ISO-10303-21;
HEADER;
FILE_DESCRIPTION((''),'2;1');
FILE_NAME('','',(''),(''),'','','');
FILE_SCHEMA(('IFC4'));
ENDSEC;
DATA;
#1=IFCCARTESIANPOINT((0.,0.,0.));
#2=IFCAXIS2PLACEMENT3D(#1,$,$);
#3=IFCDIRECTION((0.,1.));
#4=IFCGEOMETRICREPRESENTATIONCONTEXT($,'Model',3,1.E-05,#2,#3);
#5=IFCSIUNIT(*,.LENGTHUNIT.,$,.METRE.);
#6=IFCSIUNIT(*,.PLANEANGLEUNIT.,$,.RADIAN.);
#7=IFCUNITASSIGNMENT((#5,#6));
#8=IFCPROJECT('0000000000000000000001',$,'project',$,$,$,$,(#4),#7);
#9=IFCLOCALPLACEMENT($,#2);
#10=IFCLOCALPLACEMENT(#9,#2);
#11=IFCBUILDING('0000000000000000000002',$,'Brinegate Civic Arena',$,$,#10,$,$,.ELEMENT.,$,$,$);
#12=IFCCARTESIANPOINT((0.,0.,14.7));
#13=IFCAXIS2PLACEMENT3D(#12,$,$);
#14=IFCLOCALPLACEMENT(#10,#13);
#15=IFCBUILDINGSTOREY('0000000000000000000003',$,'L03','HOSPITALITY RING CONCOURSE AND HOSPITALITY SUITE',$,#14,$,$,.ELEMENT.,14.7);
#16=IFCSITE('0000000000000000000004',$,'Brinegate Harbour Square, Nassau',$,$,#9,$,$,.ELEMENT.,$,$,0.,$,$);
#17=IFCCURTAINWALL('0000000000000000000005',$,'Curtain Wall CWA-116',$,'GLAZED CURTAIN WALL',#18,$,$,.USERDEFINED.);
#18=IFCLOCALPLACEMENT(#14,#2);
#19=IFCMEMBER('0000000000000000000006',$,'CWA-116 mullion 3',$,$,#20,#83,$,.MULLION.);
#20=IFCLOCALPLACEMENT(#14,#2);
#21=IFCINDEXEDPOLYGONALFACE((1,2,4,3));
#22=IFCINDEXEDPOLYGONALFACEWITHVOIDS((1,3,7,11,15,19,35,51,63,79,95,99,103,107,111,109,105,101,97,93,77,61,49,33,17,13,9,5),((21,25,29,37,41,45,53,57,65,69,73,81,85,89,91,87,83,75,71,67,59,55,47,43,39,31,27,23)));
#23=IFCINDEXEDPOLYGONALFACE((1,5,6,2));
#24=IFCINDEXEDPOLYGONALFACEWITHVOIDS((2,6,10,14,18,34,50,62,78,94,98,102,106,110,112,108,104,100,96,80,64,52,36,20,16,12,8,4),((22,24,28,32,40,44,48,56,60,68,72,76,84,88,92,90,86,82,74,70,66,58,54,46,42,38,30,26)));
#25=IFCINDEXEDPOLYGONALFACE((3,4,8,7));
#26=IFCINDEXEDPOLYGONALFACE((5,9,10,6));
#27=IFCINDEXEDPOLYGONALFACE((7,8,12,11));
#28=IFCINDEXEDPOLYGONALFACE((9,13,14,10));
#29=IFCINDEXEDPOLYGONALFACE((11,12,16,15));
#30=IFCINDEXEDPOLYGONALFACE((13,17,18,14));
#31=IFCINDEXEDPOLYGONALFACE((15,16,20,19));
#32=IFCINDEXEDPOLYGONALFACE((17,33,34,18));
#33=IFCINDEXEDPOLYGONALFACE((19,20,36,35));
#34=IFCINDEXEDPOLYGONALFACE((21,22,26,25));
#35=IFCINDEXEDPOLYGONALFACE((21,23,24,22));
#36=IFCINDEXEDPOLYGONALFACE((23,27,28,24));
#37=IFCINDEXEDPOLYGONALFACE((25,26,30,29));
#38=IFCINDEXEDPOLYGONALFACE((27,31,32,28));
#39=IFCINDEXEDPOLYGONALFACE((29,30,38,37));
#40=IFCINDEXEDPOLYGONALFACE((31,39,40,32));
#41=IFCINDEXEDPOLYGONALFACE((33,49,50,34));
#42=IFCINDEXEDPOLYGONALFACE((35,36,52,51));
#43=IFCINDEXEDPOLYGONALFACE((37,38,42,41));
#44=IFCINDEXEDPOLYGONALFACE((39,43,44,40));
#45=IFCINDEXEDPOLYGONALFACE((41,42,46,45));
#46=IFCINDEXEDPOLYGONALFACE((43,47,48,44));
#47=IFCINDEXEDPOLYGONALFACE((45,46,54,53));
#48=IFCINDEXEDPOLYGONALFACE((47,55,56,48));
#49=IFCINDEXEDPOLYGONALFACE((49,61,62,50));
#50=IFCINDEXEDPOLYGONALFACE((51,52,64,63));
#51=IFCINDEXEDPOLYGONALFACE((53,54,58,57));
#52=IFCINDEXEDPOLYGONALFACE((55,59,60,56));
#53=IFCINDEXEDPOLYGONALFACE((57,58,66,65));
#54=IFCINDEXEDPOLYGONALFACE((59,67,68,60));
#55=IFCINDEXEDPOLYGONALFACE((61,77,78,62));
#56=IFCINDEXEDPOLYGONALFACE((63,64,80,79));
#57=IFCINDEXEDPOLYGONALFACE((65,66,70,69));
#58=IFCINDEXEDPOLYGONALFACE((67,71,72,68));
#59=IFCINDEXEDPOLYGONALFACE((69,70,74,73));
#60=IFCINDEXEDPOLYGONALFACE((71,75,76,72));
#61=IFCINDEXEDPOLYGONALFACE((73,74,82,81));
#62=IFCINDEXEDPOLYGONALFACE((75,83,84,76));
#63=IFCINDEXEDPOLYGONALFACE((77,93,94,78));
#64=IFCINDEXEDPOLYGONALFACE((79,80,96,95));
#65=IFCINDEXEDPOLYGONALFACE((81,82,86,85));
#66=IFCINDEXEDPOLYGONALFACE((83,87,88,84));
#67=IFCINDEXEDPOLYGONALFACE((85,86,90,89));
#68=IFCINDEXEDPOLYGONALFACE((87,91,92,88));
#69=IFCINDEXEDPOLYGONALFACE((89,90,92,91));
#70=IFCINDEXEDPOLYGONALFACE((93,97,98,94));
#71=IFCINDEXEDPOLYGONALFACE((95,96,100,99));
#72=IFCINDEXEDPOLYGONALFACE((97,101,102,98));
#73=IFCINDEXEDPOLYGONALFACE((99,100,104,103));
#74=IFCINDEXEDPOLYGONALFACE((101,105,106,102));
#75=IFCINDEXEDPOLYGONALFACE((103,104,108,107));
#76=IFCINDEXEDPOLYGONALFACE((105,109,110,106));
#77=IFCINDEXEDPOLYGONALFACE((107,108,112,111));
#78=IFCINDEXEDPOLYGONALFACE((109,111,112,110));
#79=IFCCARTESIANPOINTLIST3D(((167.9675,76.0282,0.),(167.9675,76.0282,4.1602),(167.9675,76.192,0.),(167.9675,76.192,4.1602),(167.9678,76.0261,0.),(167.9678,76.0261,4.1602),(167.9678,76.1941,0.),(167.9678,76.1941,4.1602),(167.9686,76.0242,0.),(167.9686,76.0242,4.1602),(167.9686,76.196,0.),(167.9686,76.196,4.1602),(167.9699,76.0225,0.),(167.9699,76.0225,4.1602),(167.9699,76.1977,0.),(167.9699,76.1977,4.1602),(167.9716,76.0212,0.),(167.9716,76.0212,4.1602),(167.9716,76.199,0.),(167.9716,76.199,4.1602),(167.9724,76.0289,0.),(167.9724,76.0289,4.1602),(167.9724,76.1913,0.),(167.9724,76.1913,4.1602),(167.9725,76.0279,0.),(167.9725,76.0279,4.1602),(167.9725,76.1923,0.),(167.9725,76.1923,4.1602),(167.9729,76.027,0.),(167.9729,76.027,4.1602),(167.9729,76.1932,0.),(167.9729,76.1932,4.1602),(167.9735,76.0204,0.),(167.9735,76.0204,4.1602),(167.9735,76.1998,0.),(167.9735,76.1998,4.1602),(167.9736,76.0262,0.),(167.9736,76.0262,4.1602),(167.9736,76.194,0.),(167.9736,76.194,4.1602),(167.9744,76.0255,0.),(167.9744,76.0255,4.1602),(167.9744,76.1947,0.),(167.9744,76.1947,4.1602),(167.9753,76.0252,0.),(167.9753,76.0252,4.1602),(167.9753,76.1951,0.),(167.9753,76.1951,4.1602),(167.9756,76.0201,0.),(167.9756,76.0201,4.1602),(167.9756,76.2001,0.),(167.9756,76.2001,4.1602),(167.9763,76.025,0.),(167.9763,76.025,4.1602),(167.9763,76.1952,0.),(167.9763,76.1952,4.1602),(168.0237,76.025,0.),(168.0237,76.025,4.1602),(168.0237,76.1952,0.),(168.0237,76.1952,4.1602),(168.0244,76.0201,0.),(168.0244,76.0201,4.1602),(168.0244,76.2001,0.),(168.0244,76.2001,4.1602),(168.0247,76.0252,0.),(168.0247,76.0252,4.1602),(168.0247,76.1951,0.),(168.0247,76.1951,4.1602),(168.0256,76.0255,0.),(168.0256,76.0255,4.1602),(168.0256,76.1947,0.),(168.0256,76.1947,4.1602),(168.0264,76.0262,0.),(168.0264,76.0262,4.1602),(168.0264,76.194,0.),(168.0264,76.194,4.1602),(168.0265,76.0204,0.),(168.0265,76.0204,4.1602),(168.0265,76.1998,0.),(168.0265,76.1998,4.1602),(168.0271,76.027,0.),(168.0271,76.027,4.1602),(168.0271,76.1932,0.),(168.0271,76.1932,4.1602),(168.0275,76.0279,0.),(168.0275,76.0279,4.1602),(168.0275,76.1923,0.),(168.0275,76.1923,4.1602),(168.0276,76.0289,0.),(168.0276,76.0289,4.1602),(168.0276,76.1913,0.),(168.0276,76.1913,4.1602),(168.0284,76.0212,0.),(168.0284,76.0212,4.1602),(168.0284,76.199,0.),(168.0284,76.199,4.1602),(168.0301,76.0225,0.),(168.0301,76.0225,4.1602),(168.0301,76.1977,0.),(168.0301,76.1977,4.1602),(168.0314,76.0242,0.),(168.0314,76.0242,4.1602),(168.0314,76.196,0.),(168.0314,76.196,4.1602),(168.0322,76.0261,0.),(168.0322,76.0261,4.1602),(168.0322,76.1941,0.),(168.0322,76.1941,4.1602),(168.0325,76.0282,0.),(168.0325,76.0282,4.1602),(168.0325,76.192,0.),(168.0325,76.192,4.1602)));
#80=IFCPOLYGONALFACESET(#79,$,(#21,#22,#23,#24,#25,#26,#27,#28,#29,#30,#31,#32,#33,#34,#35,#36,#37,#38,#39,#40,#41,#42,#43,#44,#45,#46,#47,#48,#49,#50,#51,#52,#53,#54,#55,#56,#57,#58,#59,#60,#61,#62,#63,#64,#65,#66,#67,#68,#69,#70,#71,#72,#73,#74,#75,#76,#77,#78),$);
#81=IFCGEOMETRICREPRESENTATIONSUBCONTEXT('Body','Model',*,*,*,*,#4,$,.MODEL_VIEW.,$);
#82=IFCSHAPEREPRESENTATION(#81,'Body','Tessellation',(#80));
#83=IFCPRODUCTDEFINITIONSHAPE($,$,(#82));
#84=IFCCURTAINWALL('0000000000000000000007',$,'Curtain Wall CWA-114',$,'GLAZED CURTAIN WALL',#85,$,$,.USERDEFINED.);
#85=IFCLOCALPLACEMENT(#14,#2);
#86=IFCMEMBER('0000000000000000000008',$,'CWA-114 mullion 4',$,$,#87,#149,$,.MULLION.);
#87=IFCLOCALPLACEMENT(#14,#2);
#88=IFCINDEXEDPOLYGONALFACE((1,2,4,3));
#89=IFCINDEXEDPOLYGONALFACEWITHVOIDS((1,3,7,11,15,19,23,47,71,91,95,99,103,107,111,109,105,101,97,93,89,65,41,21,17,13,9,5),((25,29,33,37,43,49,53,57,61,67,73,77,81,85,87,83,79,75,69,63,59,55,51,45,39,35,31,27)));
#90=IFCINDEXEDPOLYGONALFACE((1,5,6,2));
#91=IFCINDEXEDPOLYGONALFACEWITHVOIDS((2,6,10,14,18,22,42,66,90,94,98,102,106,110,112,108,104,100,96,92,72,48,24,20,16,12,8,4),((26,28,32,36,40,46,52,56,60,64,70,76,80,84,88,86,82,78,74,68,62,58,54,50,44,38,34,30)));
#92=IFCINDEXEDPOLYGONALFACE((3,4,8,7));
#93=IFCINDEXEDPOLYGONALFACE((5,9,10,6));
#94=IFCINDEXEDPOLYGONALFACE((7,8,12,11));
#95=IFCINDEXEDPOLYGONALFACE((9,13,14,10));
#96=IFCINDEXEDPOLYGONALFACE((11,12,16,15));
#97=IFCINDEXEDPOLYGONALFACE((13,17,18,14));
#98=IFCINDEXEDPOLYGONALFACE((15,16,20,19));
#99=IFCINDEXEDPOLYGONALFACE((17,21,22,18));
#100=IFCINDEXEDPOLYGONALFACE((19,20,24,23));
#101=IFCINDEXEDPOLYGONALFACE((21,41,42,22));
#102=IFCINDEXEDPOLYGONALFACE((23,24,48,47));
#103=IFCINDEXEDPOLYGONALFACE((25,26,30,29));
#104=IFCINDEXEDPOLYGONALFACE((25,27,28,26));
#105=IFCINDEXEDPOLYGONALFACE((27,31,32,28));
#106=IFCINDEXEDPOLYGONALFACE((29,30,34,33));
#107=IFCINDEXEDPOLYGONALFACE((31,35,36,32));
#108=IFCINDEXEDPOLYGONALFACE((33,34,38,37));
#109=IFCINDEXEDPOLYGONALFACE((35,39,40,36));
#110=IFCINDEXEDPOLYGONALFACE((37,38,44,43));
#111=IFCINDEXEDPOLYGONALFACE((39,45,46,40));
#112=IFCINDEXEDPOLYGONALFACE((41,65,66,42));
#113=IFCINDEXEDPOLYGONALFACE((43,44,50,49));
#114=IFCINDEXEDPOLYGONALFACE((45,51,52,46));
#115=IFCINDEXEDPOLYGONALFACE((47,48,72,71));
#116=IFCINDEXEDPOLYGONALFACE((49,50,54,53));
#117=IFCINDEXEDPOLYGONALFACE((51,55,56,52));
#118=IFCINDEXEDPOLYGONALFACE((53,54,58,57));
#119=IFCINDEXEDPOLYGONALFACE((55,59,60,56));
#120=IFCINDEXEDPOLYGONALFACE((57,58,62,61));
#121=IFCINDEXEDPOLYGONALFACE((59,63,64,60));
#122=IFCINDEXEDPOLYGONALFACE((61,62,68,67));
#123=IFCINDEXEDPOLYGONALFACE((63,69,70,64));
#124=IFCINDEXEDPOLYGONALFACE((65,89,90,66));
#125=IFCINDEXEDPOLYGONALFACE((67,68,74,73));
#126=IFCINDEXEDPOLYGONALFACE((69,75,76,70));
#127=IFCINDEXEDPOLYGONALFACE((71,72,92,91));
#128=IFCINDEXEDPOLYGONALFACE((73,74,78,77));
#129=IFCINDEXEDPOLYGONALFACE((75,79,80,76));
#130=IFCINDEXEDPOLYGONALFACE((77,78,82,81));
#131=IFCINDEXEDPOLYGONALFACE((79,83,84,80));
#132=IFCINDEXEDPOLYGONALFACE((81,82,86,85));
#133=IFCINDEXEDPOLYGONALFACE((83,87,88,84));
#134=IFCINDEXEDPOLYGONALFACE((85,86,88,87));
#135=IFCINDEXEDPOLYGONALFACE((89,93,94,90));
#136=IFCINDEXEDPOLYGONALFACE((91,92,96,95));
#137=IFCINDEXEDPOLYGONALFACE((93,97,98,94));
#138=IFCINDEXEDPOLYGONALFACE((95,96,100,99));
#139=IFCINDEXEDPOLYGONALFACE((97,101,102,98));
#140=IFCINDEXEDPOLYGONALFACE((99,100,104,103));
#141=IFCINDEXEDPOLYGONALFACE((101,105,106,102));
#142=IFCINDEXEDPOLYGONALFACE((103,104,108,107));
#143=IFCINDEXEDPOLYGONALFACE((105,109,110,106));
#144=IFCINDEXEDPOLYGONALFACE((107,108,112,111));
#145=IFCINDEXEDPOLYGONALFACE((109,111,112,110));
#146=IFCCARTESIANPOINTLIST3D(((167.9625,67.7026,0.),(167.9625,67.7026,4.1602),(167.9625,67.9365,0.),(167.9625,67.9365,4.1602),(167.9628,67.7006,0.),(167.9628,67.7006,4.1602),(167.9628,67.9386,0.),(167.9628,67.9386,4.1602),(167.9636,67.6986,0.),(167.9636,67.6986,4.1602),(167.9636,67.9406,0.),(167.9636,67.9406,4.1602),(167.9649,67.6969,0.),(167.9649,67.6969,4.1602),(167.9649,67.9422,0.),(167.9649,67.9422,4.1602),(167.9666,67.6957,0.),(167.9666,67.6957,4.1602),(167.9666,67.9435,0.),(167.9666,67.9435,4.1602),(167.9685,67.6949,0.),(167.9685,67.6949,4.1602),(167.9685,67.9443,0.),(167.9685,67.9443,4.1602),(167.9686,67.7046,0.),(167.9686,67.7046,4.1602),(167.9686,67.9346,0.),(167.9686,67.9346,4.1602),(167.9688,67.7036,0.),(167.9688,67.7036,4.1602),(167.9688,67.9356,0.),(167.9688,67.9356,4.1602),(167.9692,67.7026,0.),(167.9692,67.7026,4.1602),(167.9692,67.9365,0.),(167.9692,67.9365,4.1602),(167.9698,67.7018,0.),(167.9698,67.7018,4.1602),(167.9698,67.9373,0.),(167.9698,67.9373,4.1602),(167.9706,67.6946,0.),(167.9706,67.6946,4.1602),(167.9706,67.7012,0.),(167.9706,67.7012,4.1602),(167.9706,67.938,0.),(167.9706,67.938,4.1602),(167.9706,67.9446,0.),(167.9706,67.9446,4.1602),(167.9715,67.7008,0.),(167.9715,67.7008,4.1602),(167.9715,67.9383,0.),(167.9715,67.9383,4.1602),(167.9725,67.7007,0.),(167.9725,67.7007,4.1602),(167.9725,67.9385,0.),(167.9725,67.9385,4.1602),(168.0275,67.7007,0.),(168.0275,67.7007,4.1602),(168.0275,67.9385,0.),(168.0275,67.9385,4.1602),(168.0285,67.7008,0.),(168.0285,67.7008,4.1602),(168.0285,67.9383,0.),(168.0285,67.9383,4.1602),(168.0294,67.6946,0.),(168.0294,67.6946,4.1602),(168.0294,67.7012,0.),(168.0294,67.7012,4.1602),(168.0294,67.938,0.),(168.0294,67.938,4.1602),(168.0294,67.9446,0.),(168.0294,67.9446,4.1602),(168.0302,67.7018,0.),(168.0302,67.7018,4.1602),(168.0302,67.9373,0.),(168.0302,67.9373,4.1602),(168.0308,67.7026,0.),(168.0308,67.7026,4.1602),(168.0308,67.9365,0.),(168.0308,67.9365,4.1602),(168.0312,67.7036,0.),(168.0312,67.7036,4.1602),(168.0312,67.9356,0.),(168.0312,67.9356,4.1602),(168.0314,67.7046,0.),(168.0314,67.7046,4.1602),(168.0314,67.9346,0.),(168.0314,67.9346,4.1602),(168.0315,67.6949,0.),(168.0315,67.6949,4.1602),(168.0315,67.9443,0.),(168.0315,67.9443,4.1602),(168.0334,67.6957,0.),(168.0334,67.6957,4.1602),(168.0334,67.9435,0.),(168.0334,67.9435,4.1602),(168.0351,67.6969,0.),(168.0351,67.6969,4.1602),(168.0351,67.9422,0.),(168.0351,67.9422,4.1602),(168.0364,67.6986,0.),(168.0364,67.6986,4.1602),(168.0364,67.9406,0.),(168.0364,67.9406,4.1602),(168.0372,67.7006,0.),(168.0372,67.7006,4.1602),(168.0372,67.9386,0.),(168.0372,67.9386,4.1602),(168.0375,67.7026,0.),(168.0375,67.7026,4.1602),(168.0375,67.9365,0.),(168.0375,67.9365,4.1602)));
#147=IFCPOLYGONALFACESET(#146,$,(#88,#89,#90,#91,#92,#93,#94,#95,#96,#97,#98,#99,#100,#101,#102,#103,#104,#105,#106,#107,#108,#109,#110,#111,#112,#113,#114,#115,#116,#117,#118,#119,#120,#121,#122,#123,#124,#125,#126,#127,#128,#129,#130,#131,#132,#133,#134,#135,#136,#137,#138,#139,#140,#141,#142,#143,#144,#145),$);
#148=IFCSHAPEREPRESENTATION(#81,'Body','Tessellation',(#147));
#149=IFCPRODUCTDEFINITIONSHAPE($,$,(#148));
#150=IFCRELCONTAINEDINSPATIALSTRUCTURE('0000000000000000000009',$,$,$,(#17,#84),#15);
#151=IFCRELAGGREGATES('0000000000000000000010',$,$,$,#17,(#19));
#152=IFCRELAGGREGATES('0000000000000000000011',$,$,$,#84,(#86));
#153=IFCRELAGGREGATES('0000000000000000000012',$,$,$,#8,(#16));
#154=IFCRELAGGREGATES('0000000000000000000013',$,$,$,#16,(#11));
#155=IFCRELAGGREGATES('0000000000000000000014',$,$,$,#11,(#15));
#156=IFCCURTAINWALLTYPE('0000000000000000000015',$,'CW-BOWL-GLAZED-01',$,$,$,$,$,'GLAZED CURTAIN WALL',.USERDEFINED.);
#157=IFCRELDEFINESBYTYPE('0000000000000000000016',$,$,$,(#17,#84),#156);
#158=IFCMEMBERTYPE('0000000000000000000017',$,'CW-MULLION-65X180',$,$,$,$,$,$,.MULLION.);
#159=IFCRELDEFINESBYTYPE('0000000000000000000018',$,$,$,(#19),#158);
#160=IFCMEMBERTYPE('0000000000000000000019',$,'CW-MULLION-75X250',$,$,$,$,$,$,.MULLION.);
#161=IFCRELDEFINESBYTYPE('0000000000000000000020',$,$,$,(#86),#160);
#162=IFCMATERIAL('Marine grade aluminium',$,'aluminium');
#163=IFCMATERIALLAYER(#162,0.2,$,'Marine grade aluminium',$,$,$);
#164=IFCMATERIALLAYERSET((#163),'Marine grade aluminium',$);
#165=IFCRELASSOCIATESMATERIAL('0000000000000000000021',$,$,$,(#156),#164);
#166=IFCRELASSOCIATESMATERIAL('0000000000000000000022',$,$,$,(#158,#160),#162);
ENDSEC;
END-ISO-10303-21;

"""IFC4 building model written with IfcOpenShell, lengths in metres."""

from ifc_helpers import new_model, si_unit, direction, frame, origin, origin_2d, place, context, subcontext, project, spatial, hollow_rectangle, extrude, material, layer, layer_set, material_profile, profile_set, type_object, element, aggregate, save


model = new_model("IFC4")

# Units and contexts
model_context = context("Model", 3, precision=1e-05, world=origin(), true_north=direction((0.0, 1.0)))
body_context = subcontext(model_context, "Body", "Model", "MODEL_VIEW")
ifc_project = project(units=[si_unit("LENGTHUNIT", "METRE"), si_unit("PLANEANGLEUNIT", "RADIAN")], contexts=[model_context])

# Site, building, storey
site_placement = place(None, origin())
site = spatial("IfcSite", under=ifc_project, at=site_placement, Name="Brinegate Harbour Square, Nassau", CompositionType="ELEMENT", RefElevation=0.0)
building_placement = place(site_placement, origin())
building = spatial("IfcBuilding", under=site, at=building_placement, Name="Brinegate Civic Arena", CompositionType="ELEMENT")
storey_placement = place(building_placement, frame((0.0, 0.0, 14.7)))
storey = spatial("IfcBuildingStorey", under=building, at=storey_placement, Name="L03", Description="HOSPITALITY RING CONCOURSE AND HOSPITALITY SUITE", CompositionType="ELEMENT", Elevation=14.7)

# Curtain walls, members
ifc_material_1 = material(Name="Marine grade aluminium", Category="aluminium")
ifc_layer_1 = layer(ifc_material_1, 0.2, Name="Marine grade aluminium")
ifc_layer_set_1 = layer_set([ifc_layer_1], Name="Marine grade aluminium")
curtain_wall_type = type_object("IfcCurtainWallType", Name="CW-BOWL-GLAZED-01", ElementType="GLAZED CURTAIN WALL", PredefinedType="USERDEFINED", material=ifc_layer_set_1)
curtain_wall_1_placement = place(storey_placement, origin())
curtain_wall_1 = element("IfcCurtainWall", 1, at=curtain_wall_1_placement, inside=storey, type_object=curtain_wall_type, Name="Curtain Wall CWA-116", ObjectType="GLAZED CURTAIN WALL", PredefinedType="USERDEFINED")
ifc_material_profile_1 = material_profile(ifc_material_1, hollow_rectangle(XDim=0.0649, YDim=0.1799, WallThickness=0.0049, InnerFilletRadius=0.0039, OuterFilletRadius=0.0081, at=origin_2d()), Name="MUL65X180")
ifc_profile_set_1 = profile_set([ifc_material_profile_1], Name="Marine grade aluminium")
member_type_1 = type_object("IfcMemberType", Name="CW-MULLION-65X180", PredefinedType="MULLION", material=ifc_profile_set_1)
member_1_placement = place(storey_placement, frame((168.0, 76.1101, 0.0), z_axis=(0.0, 0.0, 1.0), x_axis=(-1.0, 0.0, 0.0)))
member_1 = element("IfcMember", 2, at=member_1_placement, type_object=member_type_1, Name="CWA-116 mullion 3", PredefinedType="MULLION", context=body_context, shape_type="SweptSolid", body=[
    extrude(hollow_rectangle(XDim=0.0649, YDim=0.1799, WallThickness=0.0049, InnerFilletRadius=0.0039, OuterFilletRadius=0.0081, at=origin_2d()), origin(), (0.0, 0.0, 1.0), 4.1602),
])
curtain_wall_2_placement = place(storey_placement, origin())
curtain_wall_2 = element("IfcCurtainWall", 3, at=curtain_wall_2_placement, inside=storey, type_object=curtain_wall_type, Name="Curtain Wall CWA-114", ObjectType="GLAZED CURTAIN WALL", PredefinedType="USERDEFINED")
ifc_material_profile_2 = material_profile(ifc_material_1, hollow_rectangle(XDim=0.075, YDim=0.25, WallThickness=0.0061, InnerFilletRadius=0.0039, OuterFilletRadius=0.0081, at=origin_2d()), Name="MUL75X250")
ifc_profile_set_2 = profile_set([ifc_material_profile_2], Name="Marine grade aluminium")
member_type_2 = type_object("IfcMemberType", Name="CW-MULLION-75X250", PredefinedType="MULLION", material=ifc_profile_set_2)
member_2_placement = place(storey_placement, frame((168.0, 67.8196, 0.0), z_axis=(0.0, 0.0, 1.0), x_axis=(-1.0, 0.0, 0.0)))
member_2 = element("IfcMember", 4, at=member_2_placement, type_object=member_type_2, Name="CWA-114 mullion 4", PredefinedType="MULLION", context=body_context, shape_type="SweptSolid", body=[
    extrude(hollow_rectangle(XDim=0.075, YDim=0.25, WallThickness=0.0061, InnerFilletRadius=0.0039, OuterFilletRadius=0.0081, at=origin_2d()), origin(), (0.0, 0.0, 1.0), 4.1602),
])

aggregate(curtain_wall_1, [member_1])
aggregate(curtain_wall_2, [member_2])

save(model, "model.ifc")
